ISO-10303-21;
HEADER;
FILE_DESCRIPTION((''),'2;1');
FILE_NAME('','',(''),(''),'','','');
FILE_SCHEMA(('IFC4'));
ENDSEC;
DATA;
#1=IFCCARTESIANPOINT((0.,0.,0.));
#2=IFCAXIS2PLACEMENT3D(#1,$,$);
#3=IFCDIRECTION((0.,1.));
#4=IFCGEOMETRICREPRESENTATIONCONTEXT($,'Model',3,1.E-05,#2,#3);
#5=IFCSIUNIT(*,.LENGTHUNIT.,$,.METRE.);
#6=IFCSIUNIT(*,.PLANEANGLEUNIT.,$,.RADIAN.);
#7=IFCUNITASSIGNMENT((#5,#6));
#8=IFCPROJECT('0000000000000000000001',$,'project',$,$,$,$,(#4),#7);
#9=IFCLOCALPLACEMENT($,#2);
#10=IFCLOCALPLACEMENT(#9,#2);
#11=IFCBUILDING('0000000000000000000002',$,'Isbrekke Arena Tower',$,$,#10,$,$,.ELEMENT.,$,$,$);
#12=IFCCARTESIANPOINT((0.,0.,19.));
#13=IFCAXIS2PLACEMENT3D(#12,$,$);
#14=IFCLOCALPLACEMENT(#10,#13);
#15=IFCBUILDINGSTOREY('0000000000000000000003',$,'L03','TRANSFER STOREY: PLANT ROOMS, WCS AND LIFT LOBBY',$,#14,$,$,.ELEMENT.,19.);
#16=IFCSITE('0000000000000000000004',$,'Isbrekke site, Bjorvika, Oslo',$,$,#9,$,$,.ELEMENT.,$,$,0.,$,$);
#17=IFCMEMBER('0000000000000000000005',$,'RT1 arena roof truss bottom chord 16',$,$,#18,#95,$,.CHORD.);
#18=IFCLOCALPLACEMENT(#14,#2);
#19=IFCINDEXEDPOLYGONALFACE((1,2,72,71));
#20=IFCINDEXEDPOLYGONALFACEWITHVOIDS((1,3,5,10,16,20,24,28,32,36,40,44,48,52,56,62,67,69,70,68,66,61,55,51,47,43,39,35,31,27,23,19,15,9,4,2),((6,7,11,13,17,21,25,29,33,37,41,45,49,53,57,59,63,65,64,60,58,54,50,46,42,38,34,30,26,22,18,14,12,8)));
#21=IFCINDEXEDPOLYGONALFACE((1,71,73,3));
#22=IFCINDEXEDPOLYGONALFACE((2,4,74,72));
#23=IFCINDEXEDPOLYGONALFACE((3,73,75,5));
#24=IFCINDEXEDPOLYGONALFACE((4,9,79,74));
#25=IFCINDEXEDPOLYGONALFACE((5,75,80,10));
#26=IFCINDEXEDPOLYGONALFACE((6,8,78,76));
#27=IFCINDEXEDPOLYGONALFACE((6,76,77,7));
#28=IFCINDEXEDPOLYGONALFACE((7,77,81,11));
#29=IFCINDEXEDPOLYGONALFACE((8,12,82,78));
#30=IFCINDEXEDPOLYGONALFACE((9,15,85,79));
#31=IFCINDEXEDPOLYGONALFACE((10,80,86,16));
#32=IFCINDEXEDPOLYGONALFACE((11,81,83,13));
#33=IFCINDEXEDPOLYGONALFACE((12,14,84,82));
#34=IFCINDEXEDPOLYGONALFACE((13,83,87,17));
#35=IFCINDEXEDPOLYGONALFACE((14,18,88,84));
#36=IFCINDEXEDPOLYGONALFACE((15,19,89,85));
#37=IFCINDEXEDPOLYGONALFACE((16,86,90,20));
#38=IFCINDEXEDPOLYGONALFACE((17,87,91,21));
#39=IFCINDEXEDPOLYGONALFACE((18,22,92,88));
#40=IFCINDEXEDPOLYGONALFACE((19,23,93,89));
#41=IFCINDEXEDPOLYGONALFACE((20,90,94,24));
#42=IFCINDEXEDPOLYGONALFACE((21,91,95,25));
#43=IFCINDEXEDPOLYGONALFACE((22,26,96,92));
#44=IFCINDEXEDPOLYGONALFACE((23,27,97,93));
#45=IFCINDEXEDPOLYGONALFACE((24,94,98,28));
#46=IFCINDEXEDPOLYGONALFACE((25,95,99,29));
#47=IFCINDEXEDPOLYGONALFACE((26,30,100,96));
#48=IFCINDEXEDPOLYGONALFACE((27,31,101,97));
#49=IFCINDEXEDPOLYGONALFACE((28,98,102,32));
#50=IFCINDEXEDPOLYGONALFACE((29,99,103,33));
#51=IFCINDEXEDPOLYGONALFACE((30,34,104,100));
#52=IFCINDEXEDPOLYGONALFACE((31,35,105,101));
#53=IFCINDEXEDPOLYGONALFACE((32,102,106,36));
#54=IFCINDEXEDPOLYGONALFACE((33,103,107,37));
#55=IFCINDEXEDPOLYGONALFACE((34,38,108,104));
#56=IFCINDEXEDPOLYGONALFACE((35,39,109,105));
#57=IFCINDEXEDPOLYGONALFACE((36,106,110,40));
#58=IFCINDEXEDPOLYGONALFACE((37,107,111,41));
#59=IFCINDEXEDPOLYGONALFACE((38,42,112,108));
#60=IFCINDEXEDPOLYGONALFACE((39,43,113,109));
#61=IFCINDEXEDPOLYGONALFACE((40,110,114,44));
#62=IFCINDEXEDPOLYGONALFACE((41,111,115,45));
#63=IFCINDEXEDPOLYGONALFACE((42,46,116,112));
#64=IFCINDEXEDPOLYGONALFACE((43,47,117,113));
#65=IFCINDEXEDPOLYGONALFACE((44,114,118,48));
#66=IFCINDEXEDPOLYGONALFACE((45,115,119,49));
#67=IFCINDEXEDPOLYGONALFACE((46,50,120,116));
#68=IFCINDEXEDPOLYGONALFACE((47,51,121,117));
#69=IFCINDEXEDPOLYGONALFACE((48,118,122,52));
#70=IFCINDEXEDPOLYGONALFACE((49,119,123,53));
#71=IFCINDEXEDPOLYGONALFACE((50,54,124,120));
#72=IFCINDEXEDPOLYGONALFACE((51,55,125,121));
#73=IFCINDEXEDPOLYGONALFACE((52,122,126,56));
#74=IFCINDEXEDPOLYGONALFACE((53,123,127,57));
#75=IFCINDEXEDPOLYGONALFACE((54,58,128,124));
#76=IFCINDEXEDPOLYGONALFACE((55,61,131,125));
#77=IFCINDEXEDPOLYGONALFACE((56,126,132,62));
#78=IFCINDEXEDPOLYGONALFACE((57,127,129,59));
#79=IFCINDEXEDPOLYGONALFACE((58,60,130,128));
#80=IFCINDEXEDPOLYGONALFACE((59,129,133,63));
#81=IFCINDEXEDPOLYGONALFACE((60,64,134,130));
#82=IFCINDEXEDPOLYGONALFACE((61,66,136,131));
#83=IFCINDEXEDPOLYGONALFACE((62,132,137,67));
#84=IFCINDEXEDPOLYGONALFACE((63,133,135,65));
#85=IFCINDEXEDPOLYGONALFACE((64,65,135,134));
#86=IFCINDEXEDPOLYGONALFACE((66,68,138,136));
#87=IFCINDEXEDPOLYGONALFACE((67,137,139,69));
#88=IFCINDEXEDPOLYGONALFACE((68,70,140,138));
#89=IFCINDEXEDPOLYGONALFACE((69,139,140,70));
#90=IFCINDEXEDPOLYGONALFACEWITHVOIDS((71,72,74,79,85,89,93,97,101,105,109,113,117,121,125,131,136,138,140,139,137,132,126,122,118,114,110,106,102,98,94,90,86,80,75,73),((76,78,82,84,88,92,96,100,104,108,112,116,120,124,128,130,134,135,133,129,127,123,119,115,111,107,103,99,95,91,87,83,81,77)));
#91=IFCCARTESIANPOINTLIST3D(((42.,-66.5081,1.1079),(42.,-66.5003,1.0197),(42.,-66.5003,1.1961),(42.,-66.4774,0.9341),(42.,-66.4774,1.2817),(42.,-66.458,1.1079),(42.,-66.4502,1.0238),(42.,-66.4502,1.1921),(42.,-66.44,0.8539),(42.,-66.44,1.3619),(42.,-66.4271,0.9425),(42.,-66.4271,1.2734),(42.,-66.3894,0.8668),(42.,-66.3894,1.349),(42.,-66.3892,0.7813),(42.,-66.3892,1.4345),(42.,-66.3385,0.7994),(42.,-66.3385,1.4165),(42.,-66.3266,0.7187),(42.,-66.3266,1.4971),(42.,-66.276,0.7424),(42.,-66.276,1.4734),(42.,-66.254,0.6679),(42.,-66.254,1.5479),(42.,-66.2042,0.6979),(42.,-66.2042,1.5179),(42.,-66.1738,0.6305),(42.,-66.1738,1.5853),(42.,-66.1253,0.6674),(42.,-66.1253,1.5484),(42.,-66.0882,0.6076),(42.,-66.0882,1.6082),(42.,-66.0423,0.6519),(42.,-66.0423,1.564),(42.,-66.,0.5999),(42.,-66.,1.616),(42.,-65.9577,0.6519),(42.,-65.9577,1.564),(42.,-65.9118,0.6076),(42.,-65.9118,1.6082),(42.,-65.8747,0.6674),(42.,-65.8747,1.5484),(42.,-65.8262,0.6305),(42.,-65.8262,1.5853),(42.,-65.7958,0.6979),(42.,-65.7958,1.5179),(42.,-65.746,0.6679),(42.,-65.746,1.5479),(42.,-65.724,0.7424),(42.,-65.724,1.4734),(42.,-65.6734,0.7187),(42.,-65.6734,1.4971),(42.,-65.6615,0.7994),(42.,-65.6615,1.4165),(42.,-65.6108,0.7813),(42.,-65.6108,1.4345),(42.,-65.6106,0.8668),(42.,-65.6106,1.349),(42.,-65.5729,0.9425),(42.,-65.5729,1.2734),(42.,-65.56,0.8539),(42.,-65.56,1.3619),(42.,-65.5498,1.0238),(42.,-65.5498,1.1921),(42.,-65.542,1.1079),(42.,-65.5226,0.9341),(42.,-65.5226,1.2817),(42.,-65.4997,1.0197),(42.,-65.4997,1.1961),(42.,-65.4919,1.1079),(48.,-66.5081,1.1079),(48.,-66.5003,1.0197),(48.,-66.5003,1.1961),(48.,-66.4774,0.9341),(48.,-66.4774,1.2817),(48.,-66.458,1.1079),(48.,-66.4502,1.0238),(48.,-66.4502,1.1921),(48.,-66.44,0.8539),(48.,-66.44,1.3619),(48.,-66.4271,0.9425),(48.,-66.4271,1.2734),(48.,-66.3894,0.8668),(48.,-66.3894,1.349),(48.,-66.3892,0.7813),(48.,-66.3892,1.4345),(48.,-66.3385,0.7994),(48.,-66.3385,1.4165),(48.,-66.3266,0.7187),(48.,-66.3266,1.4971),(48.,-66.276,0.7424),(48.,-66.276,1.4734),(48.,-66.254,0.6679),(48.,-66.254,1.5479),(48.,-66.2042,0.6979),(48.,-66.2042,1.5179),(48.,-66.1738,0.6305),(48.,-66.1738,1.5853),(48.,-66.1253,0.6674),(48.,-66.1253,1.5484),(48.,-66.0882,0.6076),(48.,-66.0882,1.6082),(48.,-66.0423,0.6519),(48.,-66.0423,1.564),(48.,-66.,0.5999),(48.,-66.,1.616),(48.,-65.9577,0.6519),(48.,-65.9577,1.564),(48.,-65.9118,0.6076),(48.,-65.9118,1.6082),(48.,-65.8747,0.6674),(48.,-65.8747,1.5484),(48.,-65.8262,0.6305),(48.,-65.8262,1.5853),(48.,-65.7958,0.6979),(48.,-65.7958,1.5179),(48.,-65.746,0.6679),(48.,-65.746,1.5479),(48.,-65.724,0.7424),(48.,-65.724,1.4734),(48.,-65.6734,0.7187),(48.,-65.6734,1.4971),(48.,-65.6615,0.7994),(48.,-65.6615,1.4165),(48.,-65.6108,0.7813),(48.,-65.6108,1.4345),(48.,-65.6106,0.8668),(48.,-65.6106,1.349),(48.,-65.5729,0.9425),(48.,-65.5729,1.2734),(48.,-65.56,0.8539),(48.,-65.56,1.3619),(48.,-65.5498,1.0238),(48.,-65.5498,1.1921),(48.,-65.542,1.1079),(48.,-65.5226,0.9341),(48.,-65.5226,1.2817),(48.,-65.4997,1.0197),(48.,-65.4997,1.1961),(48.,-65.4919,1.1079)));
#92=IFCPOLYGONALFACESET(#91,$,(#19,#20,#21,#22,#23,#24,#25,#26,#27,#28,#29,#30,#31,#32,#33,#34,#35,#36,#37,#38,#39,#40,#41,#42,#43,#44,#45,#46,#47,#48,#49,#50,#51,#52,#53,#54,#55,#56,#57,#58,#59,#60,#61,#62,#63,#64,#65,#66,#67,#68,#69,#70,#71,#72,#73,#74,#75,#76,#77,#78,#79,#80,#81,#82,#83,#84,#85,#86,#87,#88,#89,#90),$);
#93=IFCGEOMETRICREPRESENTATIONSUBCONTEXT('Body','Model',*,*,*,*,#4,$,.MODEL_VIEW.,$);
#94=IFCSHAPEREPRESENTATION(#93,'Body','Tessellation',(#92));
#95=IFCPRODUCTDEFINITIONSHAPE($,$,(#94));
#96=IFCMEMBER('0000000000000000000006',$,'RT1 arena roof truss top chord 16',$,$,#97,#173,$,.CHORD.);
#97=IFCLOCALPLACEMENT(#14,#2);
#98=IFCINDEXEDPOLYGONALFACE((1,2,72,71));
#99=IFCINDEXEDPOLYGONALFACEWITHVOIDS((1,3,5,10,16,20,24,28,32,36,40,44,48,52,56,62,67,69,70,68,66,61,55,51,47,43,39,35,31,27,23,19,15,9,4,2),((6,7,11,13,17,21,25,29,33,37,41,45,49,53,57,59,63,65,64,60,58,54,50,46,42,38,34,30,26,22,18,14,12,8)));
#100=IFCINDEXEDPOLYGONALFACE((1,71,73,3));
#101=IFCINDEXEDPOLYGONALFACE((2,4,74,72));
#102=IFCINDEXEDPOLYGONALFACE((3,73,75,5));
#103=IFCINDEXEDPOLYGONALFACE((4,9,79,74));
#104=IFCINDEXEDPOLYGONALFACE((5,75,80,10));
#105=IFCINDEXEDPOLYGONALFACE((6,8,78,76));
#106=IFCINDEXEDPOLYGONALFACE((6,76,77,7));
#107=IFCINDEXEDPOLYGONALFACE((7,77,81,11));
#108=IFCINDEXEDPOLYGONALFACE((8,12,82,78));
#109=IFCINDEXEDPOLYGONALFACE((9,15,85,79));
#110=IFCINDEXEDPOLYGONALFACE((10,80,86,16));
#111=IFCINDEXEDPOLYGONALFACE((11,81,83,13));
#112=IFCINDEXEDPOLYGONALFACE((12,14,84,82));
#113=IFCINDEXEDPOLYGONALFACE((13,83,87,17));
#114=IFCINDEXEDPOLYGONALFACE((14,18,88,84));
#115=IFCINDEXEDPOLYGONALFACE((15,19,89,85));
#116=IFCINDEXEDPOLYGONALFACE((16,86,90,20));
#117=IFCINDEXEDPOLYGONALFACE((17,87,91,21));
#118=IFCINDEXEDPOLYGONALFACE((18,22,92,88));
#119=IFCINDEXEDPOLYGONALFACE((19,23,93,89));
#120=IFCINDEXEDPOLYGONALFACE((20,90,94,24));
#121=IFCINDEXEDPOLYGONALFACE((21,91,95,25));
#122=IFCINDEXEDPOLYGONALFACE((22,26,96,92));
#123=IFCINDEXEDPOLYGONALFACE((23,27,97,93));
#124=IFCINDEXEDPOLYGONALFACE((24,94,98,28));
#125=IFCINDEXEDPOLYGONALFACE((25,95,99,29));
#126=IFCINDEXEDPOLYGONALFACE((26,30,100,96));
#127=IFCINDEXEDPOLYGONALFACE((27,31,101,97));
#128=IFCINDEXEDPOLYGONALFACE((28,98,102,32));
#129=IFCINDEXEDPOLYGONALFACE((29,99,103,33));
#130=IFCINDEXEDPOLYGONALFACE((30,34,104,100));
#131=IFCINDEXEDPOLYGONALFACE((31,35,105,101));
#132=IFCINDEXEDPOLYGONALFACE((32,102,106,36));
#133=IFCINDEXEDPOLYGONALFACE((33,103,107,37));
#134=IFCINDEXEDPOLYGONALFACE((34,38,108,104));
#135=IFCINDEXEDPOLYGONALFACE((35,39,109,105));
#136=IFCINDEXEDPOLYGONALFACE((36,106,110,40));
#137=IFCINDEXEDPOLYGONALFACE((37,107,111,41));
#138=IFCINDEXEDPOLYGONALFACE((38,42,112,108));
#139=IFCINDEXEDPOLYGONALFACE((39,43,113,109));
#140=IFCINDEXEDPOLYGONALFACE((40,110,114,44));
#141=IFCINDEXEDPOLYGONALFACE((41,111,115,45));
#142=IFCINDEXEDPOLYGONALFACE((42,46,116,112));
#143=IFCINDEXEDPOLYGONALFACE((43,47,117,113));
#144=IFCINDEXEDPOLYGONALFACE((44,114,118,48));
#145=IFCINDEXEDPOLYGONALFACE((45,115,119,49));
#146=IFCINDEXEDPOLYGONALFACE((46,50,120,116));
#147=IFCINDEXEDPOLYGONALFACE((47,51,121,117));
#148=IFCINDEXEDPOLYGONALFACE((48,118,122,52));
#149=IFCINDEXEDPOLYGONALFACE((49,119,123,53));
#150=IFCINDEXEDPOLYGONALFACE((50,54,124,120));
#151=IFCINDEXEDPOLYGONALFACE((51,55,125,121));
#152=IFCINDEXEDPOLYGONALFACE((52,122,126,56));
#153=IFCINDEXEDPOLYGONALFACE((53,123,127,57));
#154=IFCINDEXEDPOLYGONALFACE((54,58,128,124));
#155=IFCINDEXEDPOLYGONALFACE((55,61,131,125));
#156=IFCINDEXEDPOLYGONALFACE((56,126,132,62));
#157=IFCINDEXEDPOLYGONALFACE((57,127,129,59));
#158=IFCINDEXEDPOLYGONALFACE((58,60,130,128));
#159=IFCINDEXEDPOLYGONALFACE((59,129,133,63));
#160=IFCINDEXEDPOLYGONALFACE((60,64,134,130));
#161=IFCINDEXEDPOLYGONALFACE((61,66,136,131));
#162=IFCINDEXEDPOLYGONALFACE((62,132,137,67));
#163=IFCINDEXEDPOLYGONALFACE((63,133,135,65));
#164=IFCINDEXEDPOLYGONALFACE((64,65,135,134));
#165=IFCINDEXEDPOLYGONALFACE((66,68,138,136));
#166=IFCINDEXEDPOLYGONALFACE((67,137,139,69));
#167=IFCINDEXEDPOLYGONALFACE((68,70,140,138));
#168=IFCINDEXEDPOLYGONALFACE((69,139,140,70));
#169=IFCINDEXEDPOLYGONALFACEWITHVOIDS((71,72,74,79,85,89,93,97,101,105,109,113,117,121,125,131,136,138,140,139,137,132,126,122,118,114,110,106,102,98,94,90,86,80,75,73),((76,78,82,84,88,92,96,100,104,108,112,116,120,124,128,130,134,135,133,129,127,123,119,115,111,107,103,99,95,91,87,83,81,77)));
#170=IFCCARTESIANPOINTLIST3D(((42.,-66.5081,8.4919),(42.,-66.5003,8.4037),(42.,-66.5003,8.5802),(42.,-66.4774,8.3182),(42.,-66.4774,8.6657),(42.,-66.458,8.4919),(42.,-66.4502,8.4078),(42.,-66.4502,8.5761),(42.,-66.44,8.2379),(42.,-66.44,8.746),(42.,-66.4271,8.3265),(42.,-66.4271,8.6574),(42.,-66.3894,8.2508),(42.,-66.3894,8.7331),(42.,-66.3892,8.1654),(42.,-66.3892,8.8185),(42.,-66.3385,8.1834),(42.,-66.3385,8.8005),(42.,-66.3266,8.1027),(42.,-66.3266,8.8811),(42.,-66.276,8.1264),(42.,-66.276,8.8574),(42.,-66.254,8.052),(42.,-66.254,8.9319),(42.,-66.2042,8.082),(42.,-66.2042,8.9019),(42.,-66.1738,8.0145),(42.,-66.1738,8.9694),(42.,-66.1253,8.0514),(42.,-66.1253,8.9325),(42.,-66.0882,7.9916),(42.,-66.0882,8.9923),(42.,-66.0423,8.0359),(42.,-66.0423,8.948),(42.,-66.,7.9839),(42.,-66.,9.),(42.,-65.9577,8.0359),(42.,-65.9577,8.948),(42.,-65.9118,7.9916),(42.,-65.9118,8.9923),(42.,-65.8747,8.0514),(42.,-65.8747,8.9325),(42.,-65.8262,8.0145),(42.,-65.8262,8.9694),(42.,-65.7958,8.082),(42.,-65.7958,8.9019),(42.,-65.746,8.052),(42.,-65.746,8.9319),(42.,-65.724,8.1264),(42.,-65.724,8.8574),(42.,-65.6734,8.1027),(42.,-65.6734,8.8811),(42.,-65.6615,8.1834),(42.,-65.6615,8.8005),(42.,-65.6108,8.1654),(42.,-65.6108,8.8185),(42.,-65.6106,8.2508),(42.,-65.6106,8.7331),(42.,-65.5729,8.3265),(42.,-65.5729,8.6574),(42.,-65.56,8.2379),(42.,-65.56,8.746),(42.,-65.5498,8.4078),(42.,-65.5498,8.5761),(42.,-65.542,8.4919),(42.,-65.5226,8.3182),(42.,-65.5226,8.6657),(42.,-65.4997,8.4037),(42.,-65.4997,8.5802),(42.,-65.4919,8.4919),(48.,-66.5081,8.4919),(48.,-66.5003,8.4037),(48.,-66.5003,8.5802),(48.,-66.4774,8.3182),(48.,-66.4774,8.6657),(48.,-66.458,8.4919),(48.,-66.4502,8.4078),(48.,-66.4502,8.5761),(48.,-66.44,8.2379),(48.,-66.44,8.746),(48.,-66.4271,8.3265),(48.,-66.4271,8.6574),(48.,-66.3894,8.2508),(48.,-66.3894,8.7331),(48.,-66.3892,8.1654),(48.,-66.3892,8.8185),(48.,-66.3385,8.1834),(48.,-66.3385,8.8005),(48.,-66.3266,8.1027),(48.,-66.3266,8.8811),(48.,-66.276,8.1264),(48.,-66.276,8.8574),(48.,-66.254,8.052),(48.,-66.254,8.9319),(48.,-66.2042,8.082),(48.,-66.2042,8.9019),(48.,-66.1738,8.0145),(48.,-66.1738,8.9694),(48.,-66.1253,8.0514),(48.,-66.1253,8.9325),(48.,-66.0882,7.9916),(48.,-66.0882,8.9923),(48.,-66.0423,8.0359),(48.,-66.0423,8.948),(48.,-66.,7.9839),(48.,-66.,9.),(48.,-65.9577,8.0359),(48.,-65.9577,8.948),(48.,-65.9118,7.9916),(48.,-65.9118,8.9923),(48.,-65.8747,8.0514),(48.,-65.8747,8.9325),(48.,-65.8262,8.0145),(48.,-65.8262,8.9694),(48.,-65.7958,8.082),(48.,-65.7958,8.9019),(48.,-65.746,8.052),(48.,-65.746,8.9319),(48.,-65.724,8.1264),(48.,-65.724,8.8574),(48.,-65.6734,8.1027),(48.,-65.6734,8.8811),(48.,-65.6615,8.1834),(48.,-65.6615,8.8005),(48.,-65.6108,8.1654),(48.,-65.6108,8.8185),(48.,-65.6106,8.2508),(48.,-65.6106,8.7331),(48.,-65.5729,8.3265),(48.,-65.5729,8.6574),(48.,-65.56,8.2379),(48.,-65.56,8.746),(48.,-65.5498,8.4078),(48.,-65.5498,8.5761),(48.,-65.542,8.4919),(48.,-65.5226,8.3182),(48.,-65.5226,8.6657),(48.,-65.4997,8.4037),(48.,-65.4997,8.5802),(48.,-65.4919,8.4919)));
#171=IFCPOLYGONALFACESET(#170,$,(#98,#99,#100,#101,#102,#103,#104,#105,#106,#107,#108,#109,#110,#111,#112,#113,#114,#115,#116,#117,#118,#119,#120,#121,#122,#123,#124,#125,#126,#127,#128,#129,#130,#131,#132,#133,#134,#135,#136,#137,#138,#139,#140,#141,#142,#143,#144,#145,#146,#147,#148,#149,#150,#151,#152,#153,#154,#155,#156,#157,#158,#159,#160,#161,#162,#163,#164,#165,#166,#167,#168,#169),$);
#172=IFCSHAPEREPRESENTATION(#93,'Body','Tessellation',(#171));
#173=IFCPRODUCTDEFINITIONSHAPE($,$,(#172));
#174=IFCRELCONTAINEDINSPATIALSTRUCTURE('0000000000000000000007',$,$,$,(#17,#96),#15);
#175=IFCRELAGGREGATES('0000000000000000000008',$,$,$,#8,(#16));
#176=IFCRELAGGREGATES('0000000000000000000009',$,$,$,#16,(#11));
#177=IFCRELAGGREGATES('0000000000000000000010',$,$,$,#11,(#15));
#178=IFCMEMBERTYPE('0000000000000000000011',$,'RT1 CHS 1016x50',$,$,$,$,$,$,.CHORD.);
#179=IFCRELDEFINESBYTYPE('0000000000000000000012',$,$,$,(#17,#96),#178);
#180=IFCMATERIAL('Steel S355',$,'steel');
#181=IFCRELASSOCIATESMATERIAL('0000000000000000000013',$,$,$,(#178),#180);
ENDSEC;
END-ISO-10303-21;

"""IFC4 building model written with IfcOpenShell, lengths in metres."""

from ifc_helpers import new_model, si_unit, direction, frame, origin, origin_2d, place, context, subcontext, project, spatial, hollow_circle, extrude, material, material_profile, profile_set, type_object, element, save


model = new_model("IFC4")

# Units and contexts
model_context = context("Model", 3, precision=1e-05, world=origin(), true_north=direction((0.0, 1.0)))
body_context = subcontext(model_context, "Body", "Model", "MODEL_VIEW")
ifc_project = project(units=[si_unit("LENGTHUNIT", "METRE"), si_unit("PLANEANGLEUNIT", "RADIAN")], contexts=[model_context])

# Site, building, storey
site_placement = place(None, origin())
site = spatial("IfcSite", under=ifc_project, at=site_placement, Name="Isbrekke site, Bjorvika, Oslo", CompositionType="ELEMENT", RefElevation=0.0)
building_placement = place(site_placement, origin())
building = spatial("IfcBuilding", under=site, at=building_placement, Name="Isbrekke Arena Tower", CompositionType="ELEMENT")
storey_placement = place(building_placement, frame((0.0, 0.0, 19.0)))
storey = spatial("IfcBuildingStorey", under=building, at=storey_placement, Name="L03", Description="TRANSFER STOREY: PLANT ROOMS, WCS AND LIFT LOBBY", CompositionType="ELEMENT", Elevation=19.0)

# Members
ifc_material_1 = material(Name="Steel S355", Category="steel")
ifc_material_profile_1 = material_profile(ifc_material_1, hollow_circle(Radius=0.5081, WallThickness=0.05, at=origin_2d()), Name="CHS 1016x50")
ifc_profile_set_1 = profile_set([ifc_material_profile_1], Name="Steel S355")
member_type_1 = type_object("IfcMemberType", Name="RT1 CHS 1016x50", PredefinedType="CHORD", material=ifc_profile_set_1)
for number, where, z_axis, x_axis, name in (
    (1, (42.0, -66.0, 1.1079), (1.0, 0.0, 0.0), (0.0, 1.0, 0.0), "RT1 arena roof truss bottom chord 16"),
    (2, (42.0, -66.0, 8.4919), (1.0, 0.0, 0.0), (0.0, 1.0, 0.0), "RT1 arena roof truss top chord 16"),
):
    element("IfcMember", number, at=place(storey_placement, frame(where, z_axis=z_axis, x_axis=x_axis)), inside=storey, type_object=member_type_1, Name=name, PredefinedType="CHORD", context=body_context, shape_type="SweptSolid", body=[
        extrude(hollow_circle(Radius=0.5081, WallThickness=0.05, at=origin_2d()), origin(), (0.0, 0.0, 1.0), 6.0),
    ])

save(model, "model.ifc")
